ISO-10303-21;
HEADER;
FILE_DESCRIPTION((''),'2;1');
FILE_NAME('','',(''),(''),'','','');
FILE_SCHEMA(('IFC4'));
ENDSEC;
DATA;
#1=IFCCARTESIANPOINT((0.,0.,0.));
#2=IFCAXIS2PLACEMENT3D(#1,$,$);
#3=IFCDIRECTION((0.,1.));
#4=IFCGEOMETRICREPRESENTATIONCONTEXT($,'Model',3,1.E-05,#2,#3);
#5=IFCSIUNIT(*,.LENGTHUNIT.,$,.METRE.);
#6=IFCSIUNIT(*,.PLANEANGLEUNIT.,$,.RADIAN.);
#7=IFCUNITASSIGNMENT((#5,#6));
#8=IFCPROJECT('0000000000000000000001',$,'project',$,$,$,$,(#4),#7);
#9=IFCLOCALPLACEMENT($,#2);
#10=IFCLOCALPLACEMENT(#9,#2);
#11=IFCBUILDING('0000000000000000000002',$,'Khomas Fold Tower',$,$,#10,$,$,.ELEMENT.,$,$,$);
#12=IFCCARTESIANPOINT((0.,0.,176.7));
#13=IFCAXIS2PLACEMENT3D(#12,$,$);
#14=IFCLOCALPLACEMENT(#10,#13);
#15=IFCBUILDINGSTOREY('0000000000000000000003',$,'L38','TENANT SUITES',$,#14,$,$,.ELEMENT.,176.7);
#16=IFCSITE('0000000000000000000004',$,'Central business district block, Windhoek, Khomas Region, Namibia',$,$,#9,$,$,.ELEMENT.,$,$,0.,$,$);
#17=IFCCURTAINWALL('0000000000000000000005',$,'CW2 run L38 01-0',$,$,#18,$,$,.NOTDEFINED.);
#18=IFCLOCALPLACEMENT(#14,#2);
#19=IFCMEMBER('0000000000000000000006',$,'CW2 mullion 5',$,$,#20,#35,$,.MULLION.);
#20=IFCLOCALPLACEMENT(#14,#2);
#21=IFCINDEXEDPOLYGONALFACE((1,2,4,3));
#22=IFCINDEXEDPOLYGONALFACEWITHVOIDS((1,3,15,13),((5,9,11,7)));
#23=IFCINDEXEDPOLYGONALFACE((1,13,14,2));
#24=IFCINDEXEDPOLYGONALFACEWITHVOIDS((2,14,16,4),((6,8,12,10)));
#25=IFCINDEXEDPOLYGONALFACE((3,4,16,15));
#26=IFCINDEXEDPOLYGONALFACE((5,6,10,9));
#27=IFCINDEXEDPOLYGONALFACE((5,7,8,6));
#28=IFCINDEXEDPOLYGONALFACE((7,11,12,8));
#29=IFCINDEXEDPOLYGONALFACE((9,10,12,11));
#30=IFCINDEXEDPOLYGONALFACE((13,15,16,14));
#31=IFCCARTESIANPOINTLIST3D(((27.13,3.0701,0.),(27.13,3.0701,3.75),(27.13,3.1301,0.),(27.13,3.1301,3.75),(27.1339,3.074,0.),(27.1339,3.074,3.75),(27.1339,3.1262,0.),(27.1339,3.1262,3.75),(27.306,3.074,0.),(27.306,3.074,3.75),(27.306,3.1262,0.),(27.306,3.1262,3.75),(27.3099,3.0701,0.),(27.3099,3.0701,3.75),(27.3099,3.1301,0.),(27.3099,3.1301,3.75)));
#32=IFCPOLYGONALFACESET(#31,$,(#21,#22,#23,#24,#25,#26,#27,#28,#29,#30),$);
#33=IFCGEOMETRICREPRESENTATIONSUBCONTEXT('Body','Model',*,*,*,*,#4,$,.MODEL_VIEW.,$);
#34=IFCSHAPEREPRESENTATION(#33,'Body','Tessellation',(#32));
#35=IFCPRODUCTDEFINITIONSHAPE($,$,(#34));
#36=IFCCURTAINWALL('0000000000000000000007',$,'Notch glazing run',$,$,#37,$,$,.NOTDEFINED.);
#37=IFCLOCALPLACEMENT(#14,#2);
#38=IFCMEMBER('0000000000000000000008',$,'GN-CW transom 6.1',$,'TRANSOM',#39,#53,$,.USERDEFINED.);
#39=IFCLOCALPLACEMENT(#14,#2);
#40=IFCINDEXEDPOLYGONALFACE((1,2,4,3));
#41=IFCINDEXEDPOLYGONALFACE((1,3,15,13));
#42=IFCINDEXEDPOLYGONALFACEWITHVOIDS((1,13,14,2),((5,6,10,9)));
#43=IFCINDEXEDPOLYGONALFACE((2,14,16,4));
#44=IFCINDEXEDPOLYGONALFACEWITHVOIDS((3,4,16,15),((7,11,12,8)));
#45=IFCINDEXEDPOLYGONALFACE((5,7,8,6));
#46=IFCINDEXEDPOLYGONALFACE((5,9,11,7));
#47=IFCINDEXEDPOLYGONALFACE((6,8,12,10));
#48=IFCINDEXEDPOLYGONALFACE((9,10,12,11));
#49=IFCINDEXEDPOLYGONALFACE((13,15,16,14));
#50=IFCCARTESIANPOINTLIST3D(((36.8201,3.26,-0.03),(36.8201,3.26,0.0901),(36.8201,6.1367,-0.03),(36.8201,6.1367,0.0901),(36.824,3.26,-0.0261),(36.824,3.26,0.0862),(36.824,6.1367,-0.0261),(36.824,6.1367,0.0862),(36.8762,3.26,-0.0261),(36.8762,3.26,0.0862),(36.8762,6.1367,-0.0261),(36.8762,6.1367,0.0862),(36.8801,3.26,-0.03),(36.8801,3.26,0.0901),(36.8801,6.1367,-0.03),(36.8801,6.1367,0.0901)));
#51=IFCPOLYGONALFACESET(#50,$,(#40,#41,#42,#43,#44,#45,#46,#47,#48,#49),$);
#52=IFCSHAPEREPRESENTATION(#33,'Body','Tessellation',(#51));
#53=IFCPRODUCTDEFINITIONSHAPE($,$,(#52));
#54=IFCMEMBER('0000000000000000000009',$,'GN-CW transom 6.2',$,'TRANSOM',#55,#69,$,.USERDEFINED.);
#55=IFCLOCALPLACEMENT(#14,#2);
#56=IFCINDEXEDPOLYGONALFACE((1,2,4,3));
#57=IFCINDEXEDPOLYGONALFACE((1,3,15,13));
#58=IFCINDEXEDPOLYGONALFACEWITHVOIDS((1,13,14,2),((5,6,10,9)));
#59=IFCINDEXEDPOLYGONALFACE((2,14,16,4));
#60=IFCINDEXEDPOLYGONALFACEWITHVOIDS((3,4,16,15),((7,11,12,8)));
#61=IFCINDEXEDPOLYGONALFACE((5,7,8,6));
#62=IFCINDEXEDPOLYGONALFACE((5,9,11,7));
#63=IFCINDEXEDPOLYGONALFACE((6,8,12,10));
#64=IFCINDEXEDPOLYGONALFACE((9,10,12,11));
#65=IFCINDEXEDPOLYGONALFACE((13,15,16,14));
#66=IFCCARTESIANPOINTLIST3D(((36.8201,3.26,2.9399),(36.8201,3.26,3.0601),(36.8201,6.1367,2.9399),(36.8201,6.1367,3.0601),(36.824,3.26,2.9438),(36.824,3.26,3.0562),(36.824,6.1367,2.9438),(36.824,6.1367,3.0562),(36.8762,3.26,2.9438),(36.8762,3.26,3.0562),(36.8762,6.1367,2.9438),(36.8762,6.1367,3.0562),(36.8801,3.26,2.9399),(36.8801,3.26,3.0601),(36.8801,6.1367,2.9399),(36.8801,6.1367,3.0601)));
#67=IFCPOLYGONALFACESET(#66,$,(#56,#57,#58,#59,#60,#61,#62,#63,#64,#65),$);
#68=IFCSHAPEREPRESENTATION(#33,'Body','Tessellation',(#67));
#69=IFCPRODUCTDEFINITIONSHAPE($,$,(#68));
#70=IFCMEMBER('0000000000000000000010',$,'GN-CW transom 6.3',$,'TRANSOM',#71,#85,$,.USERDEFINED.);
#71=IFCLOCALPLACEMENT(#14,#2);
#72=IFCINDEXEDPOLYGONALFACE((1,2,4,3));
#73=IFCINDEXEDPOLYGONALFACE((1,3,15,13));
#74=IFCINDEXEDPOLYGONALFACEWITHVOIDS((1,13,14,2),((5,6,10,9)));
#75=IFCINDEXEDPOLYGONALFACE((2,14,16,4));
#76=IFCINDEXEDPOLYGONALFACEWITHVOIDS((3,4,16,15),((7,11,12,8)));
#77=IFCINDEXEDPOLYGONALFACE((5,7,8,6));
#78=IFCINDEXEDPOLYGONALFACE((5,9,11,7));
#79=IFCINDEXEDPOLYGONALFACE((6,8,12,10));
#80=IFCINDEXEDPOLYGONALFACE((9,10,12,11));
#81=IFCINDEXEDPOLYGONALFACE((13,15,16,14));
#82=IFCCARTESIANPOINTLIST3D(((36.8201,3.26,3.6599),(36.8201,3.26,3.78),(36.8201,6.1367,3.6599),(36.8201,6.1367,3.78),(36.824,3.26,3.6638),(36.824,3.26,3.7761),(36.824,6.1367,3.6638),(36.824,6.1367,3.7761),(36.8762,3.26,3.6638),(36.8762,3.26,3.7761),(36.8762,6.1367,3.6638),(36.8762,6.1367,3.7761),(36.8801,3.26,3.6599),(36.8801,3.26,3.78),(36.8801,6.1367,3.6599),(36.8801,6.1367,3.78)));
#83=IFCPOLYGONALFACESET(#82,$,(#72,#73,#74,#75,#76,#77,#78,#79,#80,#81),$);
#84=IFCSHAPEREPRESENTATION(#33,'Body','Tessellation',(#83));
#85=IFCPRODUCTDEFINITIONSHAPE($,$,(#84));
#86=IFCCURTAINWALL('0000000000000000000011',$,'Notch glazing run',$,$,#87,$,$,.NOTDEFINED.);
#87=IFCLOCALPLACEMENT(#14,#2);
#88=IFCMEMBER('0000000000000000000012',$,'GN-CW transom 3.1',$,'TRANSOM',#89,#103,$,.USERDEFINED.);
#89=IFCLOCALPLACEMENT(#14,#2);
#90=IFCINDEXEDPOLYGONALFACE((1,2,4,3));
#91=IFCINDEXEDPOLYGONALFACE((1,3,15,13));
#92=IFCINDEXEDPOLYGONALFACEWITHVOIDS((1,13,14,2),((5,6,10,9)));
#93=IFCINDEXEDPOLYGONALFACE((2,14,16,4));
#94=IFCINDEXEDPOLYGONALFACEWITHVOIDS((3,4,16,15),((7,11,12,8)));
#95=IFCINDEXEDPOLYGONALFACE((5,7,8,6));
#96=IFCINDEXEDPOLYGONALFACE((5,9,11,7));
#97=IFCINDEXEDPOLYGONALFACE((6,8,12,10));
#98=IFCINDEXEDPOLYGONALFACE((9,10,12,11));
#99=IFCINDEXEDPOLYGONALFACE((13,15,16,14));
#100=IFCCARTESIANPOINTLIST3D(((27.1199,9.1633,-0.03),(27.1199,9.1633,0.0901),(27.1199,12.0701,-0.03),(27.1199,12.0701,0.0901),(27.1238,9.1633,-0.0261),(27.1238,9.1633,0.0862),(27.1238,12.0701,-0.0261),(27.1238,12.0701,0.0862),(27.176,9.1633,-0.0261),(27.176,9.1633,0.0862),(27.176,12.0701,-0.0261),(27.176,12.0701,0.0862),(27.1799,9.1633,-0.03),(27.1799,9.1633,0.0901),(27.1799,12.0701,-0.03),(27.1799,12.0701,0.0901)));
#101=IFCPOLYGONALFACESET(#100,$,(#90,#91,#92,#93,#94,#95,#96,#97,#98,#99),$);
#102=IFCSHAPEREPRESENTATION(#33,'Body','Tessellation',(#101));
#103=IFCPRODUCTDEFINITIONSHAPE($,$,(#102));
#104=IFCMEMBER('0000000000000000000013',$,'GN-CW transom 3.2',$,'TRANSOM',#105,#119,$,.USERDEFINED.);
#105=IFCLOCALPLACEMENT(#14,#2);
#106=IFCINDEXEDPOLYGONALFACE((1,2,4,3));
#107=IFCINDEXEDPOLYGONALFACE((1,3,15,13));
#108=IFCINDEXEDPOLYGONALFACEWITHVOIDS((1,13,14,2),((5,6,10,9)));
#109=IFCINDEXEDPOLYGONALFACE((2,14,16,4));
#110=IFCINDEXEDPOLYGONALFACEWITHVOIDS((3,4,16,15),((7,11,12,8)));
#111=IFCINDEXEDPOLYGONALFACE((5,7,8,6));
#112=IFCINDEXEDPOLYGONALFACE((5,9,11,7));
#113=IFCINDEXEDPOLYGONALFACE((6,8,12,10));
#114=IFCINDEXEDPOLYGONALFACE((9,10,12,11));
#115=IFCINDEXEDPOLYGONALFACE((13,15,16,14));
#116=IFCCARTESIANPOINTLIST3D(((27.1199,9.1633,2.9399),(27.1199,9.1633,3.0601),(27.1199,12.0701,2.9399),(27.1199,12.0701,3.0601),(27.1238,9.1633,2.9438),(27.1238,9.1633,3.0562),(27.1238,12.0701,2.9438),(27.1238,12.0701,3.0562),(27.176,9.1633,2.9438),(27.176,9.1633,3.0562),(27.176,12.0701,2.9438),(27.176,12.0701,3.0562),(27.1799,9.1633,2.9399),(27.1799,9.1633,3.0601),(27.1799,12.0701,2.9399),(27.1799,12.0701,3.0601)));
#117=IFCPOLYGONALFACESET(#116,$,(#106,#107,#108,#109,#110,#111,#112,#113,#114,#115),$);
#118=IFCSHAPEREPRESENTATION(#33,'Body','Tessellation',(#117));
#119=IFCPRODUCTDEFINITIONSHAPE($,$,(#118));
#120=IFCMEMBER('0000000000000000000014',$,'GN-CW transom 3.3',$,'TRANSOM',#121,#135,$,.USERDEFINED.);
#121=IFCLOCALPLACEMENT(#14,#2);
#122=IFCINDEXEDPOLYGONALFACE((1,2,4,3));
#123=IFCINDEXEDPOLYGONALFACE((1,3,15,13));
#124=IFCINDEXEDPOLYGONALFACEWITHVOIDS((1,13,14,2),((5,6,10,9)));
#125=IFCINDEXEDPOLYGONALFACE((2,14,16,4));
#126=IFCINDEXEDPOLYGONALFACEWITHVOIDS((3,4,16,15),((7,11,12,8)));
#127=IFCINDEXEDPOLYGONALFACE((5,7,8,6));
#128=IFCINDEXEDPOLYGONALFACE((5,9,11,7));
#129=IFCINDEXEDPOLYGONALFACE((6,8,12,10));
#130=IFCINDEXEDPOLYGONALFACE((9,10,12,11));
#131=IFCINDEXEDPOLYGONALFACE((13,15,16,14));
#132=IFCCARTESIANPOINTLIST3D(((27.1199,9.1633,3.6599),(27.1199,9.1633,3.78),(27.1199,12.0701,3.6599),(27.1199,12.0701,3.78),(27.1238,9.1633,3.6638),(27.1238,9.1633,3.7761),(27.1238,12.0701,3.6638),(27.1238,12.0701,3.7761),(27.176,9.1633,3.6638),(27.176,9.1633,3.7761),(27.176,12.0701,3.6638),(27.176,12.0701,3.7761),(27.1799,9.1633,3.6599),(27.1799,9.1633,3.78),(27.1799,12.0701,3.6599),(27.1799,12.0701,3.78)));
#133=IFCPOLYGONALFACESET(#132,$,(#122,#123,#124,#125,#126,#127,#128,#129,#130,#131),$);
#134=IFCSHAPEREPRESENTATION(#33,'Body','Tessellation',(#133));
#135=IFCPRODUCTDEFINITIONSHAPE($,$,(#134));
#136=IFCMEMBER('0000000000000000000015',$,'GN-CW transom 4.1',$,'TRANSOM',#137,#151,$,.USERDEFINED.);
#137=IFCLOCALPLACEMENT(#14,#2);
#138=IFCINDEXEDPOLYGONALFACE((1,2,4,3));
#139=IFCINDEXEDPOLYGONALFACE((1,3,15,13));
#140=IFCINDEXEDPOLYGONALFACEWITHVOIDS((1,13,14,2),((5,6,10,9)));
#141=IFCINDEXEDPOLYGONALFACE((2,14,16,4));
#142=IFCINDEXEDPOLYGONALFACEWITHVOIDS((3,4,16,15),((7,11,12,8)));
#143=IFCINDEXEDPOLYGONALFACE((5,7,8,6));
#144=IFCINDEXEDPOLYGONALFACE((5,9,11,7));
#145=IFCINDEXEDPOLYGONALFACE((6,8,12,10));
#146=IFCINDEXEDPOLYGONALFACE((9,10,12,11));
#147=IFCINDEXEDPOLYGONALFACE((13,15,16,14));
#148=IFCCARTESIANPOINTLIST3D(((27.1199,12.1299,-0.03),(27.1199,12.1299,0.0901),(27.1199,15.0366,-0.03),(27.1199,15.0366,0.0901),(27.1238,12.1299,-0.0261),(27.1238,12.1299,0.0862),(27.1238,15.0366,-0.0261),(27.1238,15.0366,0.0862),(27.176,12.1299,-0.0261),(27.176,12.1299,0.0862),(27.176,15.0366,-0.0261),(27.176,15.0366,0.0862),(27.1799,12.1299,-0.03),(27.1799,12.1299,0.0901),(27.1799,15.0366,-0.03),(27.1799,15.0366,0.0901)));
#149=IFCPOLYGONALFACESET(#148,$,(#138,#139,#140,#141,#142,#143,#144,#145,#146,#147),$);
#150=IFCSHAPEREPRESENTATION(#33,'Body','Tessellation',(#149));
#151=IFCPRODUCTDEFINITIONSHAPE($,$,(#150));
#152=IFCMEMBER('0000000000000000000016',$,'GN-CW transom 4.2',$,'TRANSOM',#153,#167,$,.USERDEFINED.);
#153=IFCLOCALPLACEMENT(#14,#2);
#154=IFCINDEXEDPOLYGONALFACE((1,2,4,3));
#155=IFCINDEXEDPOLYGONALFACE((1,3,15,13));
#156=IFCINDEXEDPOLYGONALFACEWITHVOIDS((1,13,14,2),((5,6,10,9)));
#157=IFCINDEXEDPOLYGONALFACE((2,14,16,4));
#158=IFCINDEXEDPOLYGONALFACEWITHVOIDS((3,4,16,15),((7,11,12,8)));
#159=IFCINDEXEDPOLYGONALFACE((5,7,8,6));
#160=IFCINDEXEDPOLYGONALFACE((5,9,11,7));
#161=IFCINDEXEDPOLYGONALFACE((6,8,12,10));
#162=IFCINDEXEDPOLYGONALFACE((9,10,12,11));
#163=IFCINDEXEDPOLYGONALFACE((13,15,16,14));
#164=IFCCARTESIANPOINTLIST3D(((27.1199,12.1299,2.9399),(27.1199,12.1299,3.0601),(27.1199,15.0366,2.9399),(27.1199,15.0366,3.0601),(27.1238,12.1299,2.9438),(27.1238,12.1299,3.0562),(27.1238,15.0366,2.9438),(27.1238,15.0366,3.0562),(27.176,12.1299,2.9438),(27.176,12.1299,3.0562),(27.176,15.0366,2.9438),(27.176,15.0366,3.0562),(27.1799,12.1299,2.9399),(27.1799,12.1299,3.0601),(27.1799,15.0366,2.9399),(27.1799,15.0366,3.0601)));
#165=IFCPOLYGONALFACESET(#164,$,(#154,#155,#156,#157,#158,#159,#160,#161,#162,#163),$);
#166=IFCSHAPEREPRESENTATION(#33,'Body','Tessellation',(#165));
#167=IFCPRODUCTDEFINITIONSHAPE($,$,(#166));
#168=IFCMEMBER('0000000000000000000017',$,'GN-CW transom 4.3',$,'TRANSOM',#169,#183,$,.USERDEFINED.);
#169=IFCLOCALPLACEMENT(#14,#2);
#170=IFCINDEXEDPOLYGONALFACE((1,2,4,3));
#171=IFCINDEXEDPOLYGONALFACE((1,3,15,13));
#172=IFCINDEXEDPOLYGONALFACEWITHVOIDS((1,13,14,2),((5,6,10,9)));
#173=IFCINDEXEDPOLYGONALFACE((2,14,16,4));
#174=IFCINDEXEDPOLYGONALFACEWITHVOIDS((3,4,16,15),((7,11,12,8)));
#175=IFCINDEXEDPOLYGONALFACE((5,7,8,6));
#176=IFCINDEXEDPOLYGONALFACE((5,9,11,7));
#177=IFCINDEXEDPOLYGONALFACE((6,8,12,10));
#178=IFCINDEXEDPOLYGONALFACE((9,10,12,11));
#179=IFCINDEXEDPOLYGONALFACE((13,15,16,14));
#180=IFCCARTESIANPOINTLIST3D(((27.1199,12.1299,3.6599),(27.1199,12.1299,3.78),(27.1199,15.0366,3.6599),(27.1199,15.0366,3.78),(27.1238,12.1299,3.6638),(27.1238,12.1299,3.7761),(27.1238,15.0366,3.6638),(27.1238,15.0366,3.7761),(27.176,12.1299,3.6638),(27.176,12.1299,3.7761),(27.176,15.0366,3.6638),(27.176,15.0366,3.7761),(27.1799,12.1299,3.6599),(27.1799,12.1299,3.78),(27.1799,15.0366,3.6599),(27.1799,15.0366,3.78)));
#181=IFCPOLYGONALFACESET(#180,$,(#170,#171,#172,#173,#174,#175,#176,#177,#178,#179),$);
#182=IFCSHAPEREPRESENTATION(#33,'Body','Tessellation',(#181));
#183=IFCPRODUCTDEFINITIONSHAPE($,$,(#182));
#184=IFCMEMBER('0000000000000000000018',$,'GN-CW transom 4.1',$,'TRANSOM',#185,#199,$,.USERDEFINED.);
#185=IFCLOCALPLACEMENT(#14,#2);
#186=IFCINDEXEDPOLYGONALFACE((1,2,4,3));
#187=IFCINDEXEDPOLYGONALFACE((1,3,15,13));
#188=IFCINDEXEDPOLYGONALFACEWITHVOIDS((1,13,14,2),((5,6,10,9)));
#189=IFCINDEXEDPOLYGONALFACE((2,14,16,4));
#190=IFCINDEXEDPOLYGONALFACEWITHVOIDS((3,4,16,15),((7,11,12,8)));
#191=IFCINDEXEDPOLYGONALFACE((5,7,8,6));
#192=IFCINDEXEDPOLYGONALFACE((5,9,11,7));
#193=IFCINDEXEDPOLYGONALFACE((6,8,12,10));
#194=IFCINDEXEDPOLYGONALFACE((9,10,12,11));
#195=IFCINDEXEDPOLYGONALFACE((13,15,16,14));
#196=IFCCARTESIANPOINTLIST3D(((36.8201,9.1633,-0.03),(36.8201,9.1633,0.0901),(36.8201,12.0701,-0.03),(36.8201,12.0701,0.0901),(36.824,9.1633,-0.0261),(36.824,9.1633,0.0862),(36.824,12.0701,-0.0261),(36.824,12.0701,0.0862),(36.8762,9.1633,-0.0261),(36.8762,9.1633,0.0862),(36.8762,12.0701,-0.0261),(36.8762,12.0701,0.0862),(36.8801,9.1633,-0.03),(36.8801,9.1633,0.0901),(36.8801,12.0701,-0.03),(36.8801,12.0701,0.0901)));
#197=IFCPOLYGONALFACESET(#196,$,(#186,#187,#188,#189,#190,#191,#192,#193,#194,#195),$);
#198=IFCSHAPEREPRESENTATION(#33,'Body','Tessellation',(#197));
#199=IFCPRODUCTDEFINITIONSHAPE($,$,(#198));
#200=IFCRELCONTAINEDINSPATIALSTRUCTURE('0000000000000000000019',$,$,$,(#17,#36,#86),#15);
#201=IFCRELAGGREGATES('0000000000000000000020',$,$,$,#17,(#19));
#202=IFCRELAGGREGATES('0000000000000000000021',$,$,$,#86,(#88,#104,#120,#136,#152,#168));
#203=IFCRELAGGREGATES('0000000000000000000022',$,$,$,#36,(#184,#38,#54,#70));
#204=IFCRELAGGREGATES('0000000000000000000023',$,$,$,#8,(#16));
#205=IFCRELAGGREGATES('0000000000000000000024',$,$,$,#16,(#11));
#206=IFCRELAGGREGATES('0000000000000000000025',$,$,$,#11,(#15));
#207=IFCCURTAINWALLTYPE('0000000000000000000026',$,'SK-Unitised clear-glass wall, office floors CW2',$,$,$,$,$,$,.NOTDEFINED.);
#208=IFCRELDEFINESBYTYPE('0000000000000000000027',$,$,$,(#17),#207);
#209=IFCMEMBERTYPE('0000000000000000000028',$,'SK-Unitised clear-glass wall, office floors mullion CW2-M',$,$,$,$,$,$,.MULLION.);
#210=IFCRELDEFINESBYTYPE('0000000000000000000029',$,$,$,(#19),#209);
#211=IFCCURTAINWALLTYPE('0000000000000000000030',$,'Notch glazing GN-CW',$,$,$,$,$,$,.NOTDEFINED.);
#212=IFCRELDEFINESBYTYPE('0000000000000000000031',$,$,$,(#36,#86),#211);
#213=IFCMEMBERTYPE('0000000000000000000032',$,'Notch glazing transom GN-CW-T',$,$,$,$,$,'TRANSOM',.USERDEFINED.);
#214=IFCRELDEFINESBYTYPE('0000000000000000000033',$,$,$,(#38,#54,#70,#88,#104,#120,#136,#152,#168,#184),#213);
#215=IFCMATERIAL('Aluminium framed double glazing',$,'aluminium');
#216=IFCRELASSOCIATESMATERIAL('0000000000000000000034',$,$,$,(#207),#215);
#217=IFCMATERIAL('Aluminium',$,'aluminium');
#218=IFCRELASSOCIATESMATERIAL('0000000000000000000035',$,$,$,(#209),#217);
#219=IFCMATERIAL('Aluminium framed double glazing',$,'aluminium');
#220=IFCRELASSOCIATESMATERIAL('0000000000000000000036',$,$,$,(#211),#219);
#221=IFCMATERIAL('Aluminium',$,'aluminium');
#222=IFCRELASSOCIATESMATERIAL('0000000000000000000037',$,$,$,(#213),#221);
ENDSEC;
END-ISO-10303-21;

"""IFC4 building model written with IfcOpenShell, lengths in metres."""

from ifc_helpers import new_model, si_unit, direction, frame, origin, origin_2d, place, context, subcontext, project, spatial, hollow_rectangle, extrude, source, transform, mapped, material, material_profile, profile_set, type_object, element, aggregate, save


model = new_model("IFC4")

# Units and contexts
model_context = context("Model", 3, precision=1e-05, world=origin(), true_north=direction((0.0, 1.0)))
body_context = subcontext(model_context, "Body", "Model", "MODEL_VIEW")
ifc_project = project(units=[si_unit("LENGTHUNIT", "METRE"), si_unit("PLANEANGLEUNIT", "RADIAN")], contexts=[model_context])

# Site, building, storey
site_placement = place(None, origin())
site = spatial("IfcSite", under=ifc_project, at=site_placement, Name="Central business district block, Windhoek, Khomas Region, Namibia", CompositionType="ELEMENT", RefElevation=0.0)
building_placement = place(site_placement, origin())
building = spatial("IfcBuilding", under=site, at=building_placement, Name="Khomas Fold Tower", CompositionType="ELEMENT")
storey_placement = place(building_placement, frame((0.0, 0.0, 176.7)))
storey = spatial("IfcBuildingStorey", under=building, at=storey_placement, Name="L38", Description="TENANT SUITES", CompositionType="ELEMENT", Elevation=176.7)

# Curtain wall, member
ifc_material_1 = material(Name="Aluminium framed double glazing", Category="aluminium")
curtain_wall_type_1 = type_object("IfcCurtainWallType", Name="SK-Unitised clear-glass wall, office floors CW2", PredefinedType="NOTDEFINED", material=ifc_material_1)
curtain_wall_1_placement = place(storey_placement, origin())
curtain_wall_1 = element("IfcCurtainWall", 1, at=curtain_wall_1_placement, inside=storey, type_object=curtain_wall_type_1, Name="CW2 run L38 01-0", PredefinedType="NOTDEFINED")
ifc_material_2 = material(Name="Aluminium", Category="aluminium")
ifc_material_profile_1 = material_profile(ifc_material_2, hollow_rectangle(XDim=0.0601, YDim=0.1799, WallThickness=0.0039, at=origin_2d()), Name="SK-Unitised clear-glass wall, office floors mullion CW2-M")
ifc_profile_set_1 = profile_set([ifc_material_profile_1], Name="Aluminium")
member_type_1 = type_object("IfcMemberType", Name="SK-Unitised clear-glass wall, office floors mullion CW2-M", PredefinedType="MULLION", material=ifc_profile_set_1)
shared_shape_1 = source(origin(), body_context, "Body", "SweptSolid", [
    extrude(hollow_rectangle(XDim=0.0601, YDim=0.1799, WallThickness=0.0039, at=origin_2d()), origin(), (0.0, 0.0, 1.0), 3.75),
])
member_1_placement = place(storey_placement, frame((27.22, 3.1001, 0.0), z_axis=(0.0, 0.0, 1.0), x_axis=(0.0, 1.0, 0.0)))
member_1 = element("IfcMember", 2, at=member_1_placement, type_object=member_type_1, Name="CW2 mullion 5", PredefinedType="MULLION", context=body_context, shape_type="MappedRepresentation", body=[
    mapped(shared_shape_1, transform((0.0, 0.0, 0.0))),
])
aggregate(curtain_wall_1, [member_1])

# Curtain walls, members
ifc_material_3 = material(Name="Aluminium framed double glazing", Category="aluminium")
curtain_wall_type_2 = type_object("IfcCurtainWallType", Name="Notch glazing GN-CW", PredefinedType="NOTDEFINED", material=ifc_material_3)
curtain_wall_2_placement = place(storey_placement, origin())
curtain_wall_2 = element("IfcCurtainWall", 3, at=curtain_wall_2_placement, inside=storey, type_object=curtain_wall_type_2, Name="Notch glazing run", PredefinedType="NOTDEFINED")
ifc_material_4 = material(Name="Aluminium", Category="aluminium")
ifc_material_profile_2 = material_profile(ifc_material_4, hollow_rectangle(XDim=0.0601, YDim=0.1201, WallThickness=0.0039, at=origin_2d()), Name="Notch glazing transom GN-CW-T")
ifc_profile_set_2 = profile_set([ifc_material_profile_2], Name="Aluminium")
member_type_2 = type_object("IfcMemberType", Name="Notch glazing transom GN-CW-T", ElementType="TRANSOM", PredefinedType="USERDEFINED", material=ifc_profile_set_2)
shared_shape_2 = source(origin(), body_context, "Body", "SweptSolid", [
    extrude(hollow_rectangle(XDim=0.0601, YDim=0.1201, WallThickness=0.0039, at=origin_2d()), origin(), (0.0, 0.0, 1.0), 2.8767),
])
member_2_placement = place(storey_placement, frame((36.8501, 6.1367, 0.03), z_axis=(0.0, -1.0, 0.0), x_axis=(1.0, 0.0, 0.0)))
member_2 = element("IfcMember", 4, at=member_2_placement, type_object=member_type_2, Name="GN-CW transom 6.1", ObjectType="TRANSOM", PredefinedType="USERDEFINED", context=body_context, shape_type="MappedRepresentation", body=[
    mapped(shared_shape_2, transform((0.0, 0.0, 0.0))),
])
member_3_placement = place(storey_placement, frame((36.8501, 6.1367, 3.0), z_axis=(0.0, -1.0, 0.0), x_axis=(1.0, 0.0, 0.0)))
member_3 = element("IfcMember", 5, at=member_3_placement, type_object=member_type_2, Name="GN-CW transom 6.2", ObjectType="TRANSOM", PredefinedType="USERDEFINED", context=body_context, shape_type="MappedRepresentation", body=[
    mapped(shared_shape_2, transform((0.0, 0.0, 0.0))),
])
member_4_placement = place(storey_placement, frame((36.8501, 6.1367, 3.72), z_axis=(0.0, -1.0, 0.0), x_axis=(1.0, 0.0, 0.0)))
member_4 = element("IfcMember", 6, at=member_4_placement, type_object=member_type_2, Name="GN-CW transom 6.3", ObjectType="TRANSOM", PredefinedType="USERDEFINED", context=body_context, shape_type="MappedRepresentation", body=[
    mapped(shared_shape_2, transform((0.0, 0.0, 0.0))),
])
curtain_wall_3_placement = place(storey_placement, origin())
curtain_wall_3 = element("IfcCurtainWall", 7, at=curtain_wall_3_placement, inside=storey, type_object=curtain_wall_type_2, Name="Notch glazing run", PredefinedType="NOTDEFINED")
shared_shape_3 = source(origin(), body_context, "Body", "SweptSolid", [
    extrude(hollow_rectangle(XDim=0.0601, YDim=0.1201, WallThickness=0.0039, at=origin_2d()), origin(), (0.0, 0.0, 1.0), 2.9067),
])
member_5_placement = place(storey_placement, frame((27.1499, 9.1633, 0.03), z_axis=(0.0, 1.0, 0.0), x_axis=(-1.0, 0.0, 0.0)))
member_5 = element("IfcMember", 8, at=member_5_placement, type_object=member_type_2, Name="GN-CW transom 3.1", ObjectType="TRANSOM", PredefinedType="USERDEFINED", context=body_context, shape_type="MappedRepresentation", body=[
    mapped(shared_shape_3, transform((0.0, 0.0, 0.0))),
])
member_6_placement = place(storey_placement, frame((27.1499, 9.1633, 3.0), z_axis=(0.0, 1.0, 0.0), x_axis=(-1.0, 0.0, 0.0)))
member_6 = element("IfcMember", 9, at=member_6_placement, type_object=member_type_2, Name="GN-CW transom 3.2", ObjectType="TRANSOM", PredefinedType="USERDEFINED", context=body_context, shape_type="MappedRepresentation", body=[
    mapped(shared_shape_3, transform((0.0, 0.0, 0.0))),
])
member_7_placement = place(storey_placement, frame((27.1499, 9.1633, 3.72), z_axis=(0.0, 1.0, 0.0), x_axis=(-1.0, 0.0, 0.0)))
member_7 = element("IfcMember", 10, at=member_7_placement, type_object=member_type_2, Name="GN-CW transom 3.3", ObjectType="TRANSOM", PredefinedType="USERDEFINED", context=body_context, shape_type="MappedRepresentation", body=[
    mapped(shared_shape_3, transform((0.0, 0.0, 0.0))),
])
member_8_placement = place(storey_placement, frame((27.1499, 12.1299, 0.03), z_axis=(0.0, 1.0, 0.0), x_axis=(-1.0, 0.0, 0.0)))
member_8 = element("IfcMember", 11, at=member_8_placement, type_object=member_type_2, Name="GN-CW transom 4.1", ObjectType="TRANSOM", PredefinedType="USERDEFINED", context=body_context, shape_type="MappedRepresentation", body=[
    mapped(shared_shape_3, transform((0.0, 0.0, 0.0))),
])
member_9_placement = place(storey_placement, frame((27.1499, 12.1299, 3.0), z_axis=(0.0, 1.0, 0.0), x_axis=(-1.0, 0.0, 0.0)))
member_9 = element("IfcMember", 12, at=member_9_placement, type_object=member_type_2, Name="GN-CW transom 4.2", ObjectType="TRANSOM", PredefinedType="USERDEFINED", context=body_context, shape_type="MappedRepresentation", body=[
    mapped(shared_shape_3, transform((0.0, 0.0, 0.0))),
])
member_10_placement = place(storey_placement, frame((27.1499, 12.1299, 3.72), z_axis=(0.0, 1.0, 0.0), x_axis=(-1.0, 0.0, 0.0)))
member_10 = element("IfcMember", 13, at=member_10_placement, type_object=member_type_2, Name="GN-CW transom 4.3", ObjectType="TRANSOM", PredefinedType="USERDEFINED", context=body_context, shape_type="MappedRepresentation", body=[
    mapped(shared_shape_3, transform((0.0, 0.0, 0.0))),
])

# Member
member_11_placement = place(storey_placement, frame((36.8501, 12.0701, 0.03), z_axis=(0.0, -1.0, 0.0), x_axis=(1.0, 0.0, 0.0)))
member_11 = element("IfcMember", 14, at=member_11_placement, type_object=member_type_2, Name="GN-CW transom 4.1", ObjectType="TRANSOM", PredefinedType="USERDEFINED", context=body_context, shape_type="MappedRepresentation", body=[
    mapped(shared_shape_3, transform((0.0, 0.0, 0.0))),
])

aggregate(curtain_wall_3, [member_5, member_6, member_7, member_8, member_9, member_10])
aggregate(curtain_wall_2, [member_11, member_2, member_3, member_4])

save(model, "model.ifc")
